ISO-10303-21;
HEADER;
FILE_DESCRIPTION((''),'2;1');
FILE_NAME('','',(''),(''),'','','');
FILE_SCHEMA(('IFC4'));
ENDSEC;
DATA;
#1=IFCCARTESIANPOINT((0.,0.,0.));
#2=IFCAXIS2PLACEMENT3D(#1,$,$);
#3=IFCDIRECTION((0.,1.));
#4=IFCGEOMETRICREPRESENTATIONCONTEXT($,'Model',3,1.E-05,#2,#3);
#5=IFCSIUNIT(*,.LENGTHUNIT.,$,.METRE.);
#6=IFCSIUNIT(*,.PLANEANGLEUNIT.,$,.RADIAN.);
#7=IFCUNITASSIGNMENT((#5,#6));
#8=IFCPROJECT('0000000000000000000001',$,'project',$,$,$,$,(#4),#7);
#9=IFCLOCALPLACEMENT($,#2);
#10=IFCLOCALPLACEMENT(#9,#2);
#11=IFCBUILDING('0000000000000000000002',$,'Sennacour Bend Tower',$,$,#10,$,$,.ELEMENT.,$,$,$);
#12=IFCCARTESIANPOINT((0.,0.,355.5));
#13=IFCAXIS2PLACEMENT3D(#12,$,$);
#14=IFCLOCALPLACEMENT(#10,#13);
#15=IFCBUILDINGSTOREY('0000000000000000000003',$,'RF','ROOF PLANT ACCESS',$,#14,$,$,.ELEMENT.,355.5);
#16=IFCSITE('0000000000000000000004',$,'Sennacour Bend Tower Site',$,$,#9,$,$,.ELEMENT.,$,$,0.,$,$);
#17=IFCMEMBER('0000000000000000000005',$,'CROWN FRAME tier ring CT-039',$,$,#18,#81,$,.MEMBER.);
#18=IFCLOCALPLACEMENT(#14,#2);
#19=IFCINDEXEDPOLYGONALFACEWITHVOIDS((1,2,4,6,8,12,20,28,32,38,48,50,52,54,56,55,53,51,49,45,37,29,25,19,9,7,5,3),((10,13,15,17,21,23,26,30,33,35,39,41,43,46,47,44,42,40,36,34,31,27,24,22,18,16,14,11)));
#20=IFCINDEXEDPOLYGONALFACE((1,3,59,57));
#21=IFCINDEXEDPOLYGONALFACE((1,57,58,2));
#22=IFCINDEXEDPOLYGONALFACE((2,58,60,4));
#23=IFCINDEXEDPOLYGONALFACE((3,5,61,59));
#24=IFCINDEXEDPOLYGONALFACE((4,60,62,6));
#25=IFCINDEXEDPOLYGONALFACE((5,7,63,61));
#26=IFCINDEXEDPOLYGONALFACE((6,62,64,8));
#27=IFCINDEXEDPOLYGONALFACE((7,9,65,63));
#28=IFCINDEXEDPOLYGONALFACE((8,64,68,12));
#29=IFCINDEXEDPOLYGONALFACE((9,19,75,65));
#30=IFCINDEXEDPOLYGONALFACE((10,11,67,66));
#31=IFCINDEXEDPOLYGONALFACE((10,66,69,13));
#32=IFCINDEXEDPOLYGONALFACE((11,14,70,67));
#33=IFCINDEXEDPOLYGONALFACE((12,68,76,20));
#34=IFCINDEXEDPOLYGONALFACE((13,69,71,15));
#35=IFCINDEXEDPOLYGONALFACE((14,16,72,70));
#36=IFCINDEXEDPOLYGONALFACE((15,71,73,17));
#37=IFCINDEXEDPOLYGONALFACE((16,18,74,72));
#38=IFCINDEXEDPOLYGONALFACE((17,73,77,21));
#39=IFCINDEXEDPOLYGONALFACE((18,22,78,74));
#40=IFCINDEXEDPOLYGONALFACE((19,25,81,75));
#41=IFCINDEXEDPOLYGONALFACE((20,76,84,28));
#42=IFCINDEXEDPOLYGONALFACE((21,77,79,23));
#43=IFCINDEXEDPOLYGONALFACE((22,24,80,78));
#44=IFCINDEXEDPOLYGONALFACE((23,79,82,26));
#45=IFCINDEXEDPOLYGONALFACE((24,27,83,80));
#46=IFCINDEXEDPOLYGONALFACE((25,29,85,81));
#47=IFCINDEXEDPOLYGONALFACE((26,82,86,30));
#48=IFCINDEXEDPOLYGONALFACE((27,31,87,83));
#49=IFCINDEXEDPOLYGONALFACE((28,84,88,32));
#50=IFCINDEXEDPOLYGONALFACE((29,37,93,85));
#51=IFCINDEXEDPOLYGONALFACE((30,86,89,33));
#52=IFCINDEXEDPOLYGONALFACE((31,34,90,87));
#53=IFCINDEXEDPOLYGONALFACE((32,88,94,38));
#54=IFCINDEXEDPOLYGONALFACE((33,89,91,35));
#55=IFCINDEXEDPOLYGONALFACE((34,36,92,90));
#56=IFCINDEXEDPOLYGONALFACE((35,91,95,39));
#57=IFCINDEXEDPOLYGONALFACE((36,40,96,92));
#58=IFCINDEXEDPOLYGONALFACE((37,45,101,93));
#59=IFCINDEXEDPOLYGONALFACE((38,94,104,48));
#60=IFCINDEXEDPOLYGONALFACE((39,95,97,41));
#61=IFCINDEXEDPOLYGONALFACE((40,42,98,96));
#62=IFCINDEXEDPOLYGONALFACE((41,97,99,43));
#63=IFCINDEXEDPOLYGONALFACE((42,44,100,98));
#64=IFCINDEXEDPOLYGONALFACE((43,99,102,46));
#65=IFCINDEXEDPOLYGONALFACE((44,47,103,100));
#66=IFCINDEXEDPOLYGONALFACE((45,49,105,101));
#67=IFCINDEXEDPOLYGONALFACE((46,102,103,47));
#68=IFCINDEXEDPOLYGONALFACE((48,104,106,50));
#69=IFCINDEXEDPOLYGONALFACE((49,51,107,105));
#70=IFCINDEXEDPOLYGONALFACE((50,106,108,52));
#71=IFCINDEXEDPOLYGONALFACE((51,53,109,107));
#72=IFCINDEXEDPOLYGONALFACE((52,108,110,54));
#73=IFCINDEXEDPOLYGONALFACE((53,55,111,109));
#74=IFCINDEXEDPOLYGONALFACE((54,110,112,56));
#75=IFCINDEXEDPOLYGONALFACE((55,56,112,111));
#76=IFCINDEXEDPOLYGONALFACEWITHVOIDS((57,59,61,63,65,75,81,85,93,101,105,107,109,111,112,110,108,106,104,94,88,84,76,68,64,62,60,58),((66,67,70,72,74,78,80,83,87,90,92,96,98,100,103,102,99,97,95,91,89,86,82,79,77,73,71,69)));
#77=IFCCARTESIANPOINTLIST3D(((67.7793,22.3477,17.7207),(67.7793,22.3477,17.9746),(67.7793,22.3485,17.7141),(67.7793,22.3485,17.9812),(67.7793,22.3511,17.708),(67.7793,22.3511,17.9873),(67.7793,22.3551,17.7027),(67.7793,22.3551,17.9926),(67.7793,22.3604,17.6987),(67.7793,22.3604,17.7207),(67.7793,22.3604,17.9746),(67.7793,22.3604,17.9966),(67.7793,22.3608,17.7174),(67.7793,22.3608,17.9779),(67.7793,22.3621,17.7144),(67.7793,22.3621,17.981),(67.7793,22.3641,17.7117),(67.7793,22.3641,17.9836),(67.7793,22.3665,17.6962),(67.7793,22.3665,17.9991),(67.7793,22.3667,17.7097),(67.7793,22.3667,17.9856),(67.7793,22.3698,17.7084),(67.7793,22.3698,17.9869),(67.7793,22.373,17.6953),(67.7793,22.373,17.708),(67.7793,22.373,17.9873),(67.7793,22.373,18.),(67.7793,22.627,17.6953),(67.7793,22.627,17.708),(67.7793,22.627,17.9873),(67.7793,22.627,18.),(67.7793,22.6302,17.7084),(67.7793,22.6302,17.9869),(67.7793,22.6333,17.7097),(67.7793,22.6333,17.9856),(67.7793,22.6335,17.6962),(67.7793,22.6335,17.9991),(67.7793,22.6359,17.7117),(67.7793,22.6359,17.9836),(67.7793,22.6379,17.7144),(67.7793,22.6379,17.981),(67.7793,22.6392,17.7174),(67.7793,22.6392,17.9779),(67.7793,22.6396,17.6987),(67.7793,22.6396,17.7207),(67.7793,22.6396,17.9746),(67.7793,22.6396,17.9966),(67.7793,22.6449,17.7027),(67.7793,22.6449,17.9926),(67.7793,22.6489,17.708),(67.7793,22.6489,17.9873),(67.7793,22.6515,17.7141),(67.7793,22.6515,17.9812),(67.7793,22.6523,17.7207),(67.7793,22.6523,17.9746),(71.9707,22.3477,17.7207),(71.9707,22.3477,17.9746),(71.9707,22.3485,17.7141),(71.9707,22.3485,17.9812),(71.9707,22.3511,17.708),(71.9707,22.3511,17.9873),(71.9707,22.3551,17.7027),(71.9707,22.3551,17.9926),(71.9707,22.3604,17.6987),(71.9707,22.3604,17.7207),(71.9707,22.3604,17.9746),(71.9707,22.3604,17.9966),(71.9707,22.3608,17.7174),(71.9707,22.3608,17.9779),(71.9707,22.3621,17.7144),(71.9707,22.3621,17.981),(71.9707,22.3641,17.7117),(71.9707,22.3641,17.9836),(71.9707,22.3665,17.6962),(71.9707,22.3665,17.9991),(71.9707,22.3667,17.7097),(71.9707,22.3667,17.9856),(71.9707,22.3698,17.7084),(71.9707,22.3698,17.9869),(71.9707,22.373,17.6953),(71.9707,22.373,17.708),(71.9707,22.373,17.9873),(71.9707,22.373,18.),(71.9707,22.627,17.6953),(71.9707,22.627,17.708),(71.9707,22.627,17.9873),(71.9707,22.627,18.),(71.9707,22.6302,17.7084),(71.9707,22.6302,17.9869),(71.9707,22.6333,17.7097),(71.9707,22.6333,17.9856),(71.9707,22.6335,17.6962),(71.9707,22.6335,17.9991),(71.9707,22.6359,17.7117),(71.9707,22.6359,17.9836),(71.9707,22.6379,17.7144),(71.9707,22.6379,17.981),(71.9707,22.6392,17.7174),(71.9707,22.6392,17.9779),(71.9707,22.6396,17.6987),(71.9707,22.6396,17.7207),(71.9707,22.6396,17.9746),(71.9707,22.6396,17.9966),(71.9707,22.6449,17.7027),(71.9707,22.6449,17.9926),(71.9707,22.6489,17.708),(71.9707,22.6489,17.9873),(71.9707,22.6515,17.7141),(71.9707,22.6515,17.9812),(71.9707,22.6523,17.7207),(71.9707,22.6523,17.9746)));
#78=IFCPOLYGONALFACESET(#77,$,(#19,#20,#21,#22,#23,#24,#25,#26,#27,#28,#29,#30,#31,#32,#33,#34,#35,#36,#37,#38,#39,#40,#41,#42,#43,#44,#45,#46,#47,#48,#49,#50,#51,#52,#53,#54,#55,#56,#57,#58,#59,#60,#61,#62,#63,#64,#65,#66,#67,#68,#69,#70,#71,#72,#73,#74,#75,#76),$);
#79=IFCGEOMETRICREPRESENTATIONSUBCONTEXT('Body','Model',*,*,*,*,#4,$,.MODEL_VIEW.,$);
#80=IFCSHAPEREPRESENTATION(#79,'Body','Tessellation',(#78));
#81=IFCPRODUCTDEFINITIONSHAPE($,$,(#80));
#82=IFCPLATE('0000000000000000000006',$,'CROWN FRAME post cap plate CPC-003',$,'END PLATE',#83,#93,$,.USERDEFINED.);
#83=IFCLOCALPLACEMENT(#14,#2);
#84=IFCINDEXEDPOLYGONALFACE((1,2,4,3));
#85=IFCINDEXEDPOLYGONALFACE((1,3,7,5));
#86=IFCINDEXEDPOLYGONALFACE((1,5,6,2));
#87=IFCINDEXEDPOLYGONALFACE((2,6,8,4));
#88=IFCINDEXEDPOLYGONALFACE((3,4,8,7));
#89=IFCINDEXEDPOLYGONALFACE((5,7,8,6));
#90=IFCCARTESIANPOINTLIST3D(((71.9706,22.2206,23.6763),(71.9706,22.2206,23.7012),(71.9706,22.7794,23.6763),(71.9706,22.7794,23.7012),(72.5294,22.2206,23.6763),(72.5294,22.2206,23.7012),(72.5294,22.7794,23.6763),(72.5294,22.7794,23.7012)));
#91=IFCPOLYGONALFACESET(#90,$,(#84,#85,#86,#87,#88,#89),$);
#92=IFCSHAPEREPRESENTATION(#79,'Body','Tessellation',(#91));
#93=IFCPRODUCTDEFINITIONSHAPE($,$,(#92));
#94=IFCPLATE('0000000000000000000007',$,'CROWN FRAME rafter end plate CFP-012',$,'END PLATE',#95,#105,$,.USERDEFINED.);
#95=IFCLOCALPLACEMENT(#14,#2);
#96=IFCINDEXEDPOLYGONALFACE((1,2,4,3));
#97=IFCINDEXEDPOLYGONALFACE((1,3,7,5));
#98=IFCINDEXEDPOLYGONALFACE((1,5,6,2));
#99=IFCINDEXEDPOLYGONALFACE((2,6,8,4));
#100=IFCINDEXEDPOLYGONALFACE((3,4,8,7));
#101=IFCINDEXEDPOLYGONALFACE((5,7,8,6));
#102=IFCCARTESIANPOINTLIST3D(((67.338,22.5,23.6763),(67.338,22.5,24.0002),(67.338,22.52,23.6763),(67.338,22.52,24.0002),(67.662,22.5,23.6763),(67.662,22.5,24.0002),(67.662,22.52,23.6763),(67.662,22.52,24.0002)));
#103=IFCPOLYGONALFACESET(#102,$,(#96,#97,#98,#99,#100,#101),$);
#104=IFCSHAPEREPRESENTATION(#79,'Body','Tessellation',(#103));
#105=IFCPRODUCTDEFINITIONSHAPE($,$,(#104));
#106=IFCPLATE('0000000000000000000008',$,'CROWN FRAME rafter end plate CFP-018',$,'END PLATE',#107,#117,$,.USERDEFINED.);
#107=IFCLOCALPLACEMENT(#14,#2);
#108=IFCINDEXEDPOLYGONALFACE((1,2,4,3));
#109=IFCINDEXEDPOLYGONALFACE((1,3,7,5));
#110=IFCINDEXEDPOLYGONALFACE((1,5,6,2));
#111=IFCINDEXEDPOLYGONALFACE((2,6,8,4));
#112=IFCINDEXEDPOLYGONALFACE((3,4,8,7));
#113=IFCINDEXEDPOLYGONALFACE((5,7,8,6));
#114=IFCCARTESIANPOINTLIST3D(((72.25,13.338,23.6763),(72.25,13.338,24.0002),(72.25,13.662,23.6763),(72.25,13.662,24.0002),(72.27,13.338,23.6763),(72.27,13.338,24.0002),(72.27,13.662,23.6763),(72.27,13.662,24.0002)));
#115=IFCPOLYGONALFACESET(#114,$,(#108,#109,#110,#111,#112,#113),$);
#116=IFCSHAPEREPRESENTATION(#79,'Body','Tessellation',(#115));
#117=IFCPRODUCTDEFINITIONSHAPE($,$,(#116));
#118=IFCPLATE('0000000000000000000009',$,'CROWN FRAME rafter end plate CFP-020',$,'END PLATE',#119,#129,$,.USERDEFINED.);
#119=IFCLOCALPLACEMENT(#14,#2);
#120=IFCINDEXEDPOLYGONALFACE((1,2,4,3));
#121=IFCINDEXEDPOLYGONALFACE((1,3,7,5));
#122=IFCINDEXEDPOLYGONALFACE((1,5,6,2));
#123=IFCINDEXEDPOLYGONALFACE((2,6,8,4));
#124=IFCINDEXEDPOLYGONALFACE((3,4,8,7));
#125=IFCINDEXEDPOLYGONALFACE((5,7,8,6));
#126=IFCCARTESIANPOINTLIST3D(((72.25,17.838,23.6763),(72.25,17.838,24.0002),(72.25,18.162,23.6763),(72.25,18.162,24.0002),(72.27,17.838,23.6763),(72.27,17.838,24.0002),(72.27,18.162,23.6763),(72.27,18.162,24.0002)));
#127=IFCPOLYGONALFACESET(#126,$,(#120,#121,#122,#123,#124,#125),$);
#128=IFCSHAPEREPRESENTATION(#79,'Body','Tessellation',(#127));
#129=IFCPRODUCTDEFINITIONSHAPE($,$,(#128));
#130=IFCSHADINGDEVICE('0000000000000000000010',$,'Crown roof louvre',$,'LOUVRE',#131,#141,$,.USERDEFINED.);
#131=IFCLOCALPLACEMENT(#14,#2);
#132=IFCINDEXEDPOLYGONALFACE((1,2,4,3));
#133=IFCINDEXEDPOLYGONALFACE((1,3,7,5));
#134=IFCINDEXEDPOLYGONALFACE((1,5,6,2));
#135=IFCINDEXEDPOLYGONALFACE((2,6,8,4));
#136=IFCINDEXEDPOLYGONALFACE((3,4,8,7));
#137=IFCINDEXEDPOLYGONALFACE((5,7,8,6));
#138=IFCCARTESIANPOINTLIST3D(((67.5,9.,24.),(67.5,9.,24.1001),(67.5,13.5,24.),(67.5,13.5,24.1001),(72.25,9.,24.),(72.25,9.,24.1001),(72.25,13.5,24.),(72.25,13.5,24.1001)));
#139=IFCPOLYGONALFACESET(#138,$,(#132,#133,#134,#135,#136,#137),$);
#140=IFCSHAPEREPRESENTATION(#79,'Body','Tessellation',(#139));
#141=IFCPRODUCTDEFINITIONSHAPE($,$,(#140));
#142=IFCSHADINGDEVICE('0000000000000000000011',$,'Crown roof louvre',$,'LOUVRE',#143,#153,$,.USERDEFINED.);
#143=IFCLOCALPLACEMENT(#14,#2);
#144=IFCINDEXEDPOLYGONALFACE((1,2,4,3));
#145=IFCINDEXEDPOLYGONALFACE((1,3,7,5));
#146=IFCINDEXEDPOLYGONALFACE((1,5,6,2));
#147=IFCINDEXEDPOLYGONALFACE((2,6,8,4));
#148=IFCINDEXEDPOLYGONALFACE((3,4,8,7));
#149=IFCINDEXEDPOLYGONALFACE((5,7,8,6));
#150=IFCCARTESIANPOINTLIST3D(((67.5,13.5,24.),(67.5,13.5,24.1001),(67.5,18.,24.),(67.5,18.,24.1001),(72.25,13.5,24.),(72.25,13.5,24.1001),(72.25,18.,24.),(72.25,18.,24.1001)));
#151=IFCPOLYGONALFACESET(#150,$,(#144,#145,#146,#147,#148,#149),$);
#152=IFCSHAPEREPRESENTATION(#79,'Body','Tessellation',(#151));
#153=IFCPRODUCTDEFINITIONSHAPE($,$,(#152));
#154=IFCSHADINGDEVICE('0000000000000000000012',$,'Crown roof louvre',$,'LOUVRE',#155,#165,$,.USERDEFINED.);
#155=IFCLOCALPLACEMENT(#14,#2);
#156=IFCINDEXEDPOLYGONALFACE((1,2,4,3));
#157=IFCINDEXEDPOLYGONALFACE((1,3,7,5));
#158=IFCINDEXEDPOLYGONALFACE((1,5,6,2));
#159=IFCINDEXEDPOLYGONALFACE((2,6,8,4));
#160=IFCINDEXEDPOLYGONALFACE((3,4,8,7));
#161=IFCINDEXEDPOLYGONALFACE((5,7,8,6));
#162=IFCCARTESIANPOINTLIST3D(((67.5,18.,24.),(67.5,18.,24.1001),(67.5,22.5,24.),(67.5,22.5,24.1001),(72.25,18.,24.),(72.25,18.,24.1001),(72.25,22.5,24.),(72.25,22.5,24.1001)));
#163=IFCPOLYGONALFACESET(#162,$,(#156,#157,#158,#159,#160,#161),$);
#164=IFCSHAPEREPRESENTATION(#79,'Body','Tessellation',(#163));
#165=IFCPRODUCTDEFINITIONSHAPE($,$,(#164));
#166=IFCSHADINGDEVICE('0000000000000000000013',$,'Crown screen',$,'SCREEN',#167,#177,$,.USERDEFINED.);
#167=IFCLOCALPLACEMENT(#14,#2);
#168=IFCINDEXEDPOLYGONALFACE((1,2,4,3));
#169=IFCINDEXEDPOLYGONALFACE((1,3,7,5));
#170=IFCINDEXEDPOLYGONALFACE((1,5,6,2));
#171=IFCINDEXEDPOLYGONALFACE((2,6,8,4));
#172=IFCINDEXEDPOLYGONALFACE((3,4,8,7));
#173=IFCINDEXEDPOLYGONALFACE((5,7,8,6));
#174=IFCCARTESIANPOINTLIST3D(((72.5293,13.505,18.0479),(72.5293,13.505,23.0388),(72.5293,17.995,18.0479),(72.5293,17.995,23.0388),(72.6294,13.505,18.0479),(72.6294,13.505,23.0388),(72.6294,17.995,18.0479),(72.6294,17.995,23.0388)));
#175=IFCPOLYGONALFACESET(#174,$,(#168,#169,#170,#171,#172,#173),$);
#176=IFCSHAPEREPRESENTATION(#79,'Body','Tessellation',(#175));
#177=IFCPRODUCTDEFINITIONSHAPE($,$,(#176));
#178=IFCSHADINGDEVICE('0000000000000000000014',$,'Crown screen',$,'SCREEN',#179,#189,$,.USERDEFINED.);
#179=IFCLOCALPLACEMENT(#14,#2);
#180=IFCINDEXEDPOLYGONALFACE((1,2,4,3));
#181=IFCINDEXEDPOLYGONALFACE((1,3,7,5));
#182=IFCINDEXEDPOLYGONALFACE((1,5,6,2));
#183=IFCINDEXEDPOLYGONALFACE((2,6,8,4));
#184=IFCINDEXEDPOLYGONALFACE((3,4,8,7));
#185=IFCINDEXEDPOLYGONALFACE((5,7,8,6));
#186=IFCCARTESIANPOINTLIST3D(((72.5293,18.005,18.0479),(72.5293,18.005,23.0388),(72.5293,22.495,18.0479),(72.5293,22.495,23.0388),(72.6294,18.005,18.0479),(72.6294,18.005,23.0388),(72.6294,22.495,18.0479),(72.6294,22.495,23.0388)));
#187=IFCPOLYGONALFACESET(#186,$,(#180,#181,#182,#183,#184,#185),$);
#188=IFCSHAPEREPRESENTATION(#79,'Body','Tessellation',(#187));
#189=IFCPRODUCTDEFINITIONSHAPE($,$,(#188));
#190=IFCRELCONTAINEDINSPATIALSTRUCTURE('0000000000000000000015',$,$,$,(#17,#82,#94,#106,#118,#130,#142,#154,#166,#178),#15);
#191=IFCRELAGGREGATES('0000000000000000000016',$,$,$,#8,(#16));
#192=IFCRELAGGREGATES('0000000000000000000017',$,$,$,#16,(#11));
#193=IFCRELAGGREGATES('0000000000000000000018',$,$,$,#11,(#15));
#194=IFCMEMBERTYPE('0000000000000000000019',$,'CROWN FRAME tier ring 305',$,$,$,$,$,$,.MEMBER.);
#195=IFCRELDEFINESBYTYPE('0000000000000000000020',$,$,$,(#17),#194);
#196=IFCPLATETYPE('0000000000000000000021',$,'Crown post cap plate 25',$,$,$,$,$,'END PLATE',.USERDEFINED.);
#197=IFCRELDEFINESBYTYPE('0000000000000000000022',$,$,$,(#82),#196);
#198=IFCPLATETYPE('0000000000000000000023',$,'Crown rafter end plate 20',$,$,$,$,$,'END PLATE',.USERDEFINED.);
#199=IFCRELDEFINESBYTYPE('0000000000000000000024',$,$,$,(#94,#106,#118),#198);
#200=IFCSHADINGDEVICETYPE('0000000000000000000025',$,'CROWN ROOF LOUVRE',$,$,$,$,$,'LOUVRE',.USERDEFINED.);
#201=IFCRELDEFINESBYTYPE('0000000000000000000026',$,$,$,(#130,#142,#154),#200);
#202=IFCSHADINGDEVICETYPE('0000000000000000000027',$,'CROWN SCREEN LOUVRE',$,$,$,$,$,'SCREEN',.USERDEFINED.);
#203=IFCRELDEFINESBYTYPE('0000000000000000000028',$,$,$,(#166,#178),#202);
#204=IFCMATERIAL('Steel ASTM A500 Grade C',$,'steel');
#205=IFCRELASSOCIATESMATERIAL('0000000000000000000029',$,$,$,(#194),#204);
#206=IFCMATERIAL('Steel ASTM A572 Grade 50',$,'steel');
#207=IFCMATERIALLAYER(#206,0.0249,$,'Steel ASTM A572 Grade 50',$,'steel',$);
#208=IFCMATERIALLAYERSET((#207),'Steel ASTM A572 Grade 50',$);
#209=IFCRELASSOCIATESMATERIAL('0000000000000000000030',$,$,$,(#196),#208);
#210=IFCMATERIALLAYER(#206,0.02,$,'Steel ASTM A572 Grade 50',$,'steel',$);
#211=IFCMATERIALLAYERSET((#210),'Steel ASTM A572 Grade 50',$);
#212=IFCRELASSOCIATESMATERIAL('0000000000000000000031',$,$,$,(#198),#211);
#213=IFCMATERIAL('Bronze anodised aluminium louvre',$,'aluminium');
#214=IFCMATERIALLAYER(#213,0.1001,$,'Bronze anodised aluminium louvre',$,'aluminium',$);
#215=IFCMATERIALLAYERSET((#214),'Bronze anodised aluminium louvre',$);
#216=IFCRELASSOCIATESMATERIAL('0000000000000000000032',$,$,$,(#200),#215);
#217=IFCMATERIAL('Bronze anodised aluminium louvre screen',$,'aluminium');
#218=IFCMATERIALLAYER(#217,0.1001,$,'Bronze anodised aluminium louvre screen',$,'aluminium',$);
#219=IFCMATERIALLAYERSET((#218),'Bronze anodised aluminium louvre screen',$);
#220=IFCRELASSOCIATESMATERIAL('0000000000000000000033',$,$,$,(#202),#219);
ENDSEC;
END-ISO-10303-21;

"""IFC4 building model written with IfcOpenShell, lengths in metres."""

from ifc_helpers import new_model, si_unit, direction, frame, origin, origin_2d, place, context, subcontext, project, spatial, rectangle, hollow_rectangle, extrude, material, layer, layer_set, material_profile, profile_set, type_object, element, save


model = new_model("IFC4")

# Units and contexts
model_context = context("Model", 3, precision=1e-05, world=origin(), true_north=direction((0.0, 1.0)))
body_context = subcontext(model_context, "Body", "Model", "MODEL_VIEW")
ifc_project = project(units=[si_unit("LENGTHUNIT", "METRE"), si_unit("PLANEANGLEUNIT", "RADIAN")], contexts=[model_context])

# Site, building, storey
site_placement = place(None, origin())
site = spatial("IfcSite", under=ifc_project, at=site_placement, Name="Sennacour Bend Tower Site", CompositionType="ELEMENT", RefElevation=0.0)
building_placement = place(site_placement, origin())
building = spatial("IfcBuilding", under=site, at=building_placement, Name="Sennacour Bend Tower", CompositionType="ELEMENT")
storey_placement = place(building_placement, frame((0.0, 0.0, 355.5)))
storey = spatial("IfcBuildingStorey", under=building, at=storey_placement, Name="RF", Description="ROOF PLANT ACCESS", CompositionType="ELEMENT", Elevation=355.5)

# Shared definitions
ifc_material_1 = material(Name="Steel ASTM A500 Grade C", Category="steel")

# Member
ifc_material_profile_1 = material_profile(ifc_material_1, hollow_rectangle(XDim=0.3047, YDim=0.3047, WallThickness=0.0127, InnerFilletRadius=0.0127, OuterFilletRadius=0.0254, at=origin_2d()), Name="Steel ASTM A500 Grade C", Category="steel")
ifc_profile_set_1 = profile_set([ifc_material_profile_1], Name="Steel ASTM A500 Grade C")
member_type_1 = type_object("IfcMemberType", Name="CROWN FRAME tier ring 305", PredefinedType="MEMBER", material=ifc_profile_set_1)
for number, where, z_axis, x_axis, name in (
    (1, (71.9707, 22.5, 17.8477), (-1.0, 0.0, 0.0), (0.0, -1.0, 0.0), "CROWN FRAME tier ring CT-039"),
):
    element("IfcMember", number, at=place(storey_placement, frame(where, z_axis=z_axis, x_axis=x_axis)), inside=storey, type_object=member_type_1, Name=name, PredefinedType="MEMBER", context=body_context, shape_type="SweptSolid", body=[
        extrude(hollow_rectangle(XDim=0.3047, YDim=0.3047, WallThickness=0.0127, InnerFilletRadius=0.0127, OuterFilletRadius=0.0254, at=origin_2d()), origin(), (0.0, 0.0, 1.0), 4.1914),
    ])

# Plates
ifc_material_2 = material(Name="Steel ASTM A572 Grade 50", Category="steel")
ifc_layer_1 = layer(ifc_material_2, 0.0249, Name="Steel ASTM A572 Grade 50", Category="steel")
ifc_layer_set_1 = layer_set([ifc_layer_1], Name="Steel ASTM A572 Grade 50")
plate_type_1 = type_object("IfcPlateType", Name="Crown post cap plate 25", ElementType="END PLATE", PredefinedType="USERDEFINED", material=ifc_layer_set_1)
plate_1_placement = place(storey_placement, frame((72.25, 22.5, 23.6763), z_axis=(0.0, 0.0, 1.0), x_axis=(1.0, 0.0, 0.0)))
element("IfcPlate", 2, at=plate_1_placement, inside=storey, type_object=plate_type_1, Name="CROWN FRAME post cap plate CPC-003", ObjectType="END PLATE", PredefinedType="USERDEFINED", context=body_context, shape_type="SweptSolid", body=[
    extrude(rectangle(XDim=0.5588, YDim=0.5588, at=origin_2d()), origin(), (0.0, 0.0, 1.0), 0.0249),
])
ifc_layer_2 = layer(ifc_material_2, 0.02, Name="Steel ASTM A572 Grade 50", Category="steel")
ifc_layer_set_2 = layer_set([ifc_layer_2], Name="Steel ASTM A572 Grade 50")
plate_type_2 = type_object("IfcPlateType", Name="Crown rafter end plate 20", ElementType="END PLATE", PredefinedType="USERDEFINED", material=ifc_layer_set_2)
plate_2_placement = place(storey_placement, frame((67.5, 22.51, 23.6763), z_axis=(0.0, 0.0, 1.0), x_axis=(1.0, 0.0, 0.0)))
element("IfcPlate", 3, at=plate_2_placement, inside=storey, type_object=plate_type_2, Name="CROWN FRAME rafter end plate CFP-012", ObjectType="END PLATE", PredefinedType="USERDEFINED", context=body_context, shape_type="SweptSolid", body=[
    extrude(rectangle(XDim=0.324, YDim=0.02, at=origin_2d()), origin(), (0.0, 0.0, 1.0), 0.324),
])
for number, where, z_axis, x_axis, name in (
    (4, (72.26, 13.5, 23.6763), (0.0, 0.0, 1.0), (1.0, 0.0, 0.0), "CROWN FRAME rafter end plate CFP-018"),
    (5, (72.26, 18.0, 23.6763), (0.0, 0.0, 1.0), (1.0, 0.0, 0.0), "CROWN FRAME rafter end plate CFP-020"),
):
    element("IfcPlate", number, at=place(storey_placement, frame(where, z_axis=z_axis, x_axis=x_axis)), inside=storey, type_object=plate_type_2, Name=name, ObjectType="END PLATE", PredefinedType="USERDEFINED", context=body_context, shape_type="SweptSolid", body=[
        extrude(rectangle(XDim=0.02, YDim=0.324, at=origin_2d()), origin(), (0.0, 0.0, 1.0), 0.324),
    ])

# Shading devices
ifc_material_3 = material(Name="Bronze anodised aluminium louvre", Category="aluminium")
ifc_layer_3 = layer(ifc_material_3, 0.1001, Name="Bronze anodised aluminium louvre", Category="aluminium")
ifc_layer_set_3 = layer_set([ifc_layer_3], Name="Bronze anodised aluminium louvre")
shading_device_type_1 = type_object("IfcShadingDeviceType", Name="CROWN ROOF LOUVRE", ElementType="LOUVRE", PredefinedType="USERDEFINED", material=ifc_layer_set_3)
for number, where, z_axis, x_axis, name in (
    (6, (69.875, 11.25, 24.0), (0.0, 0.0, 1.0), (1.0, 0.0, 0.0), "Crown roof louvre"),
    (7, (69.875, 15.75, 24.0), (0.0, 0.0, 1.0), (1.0, 0.0, 0.0), "Crown roof louvre"),
    (8, (69.875, 20.25, 24.0), (0.0, 0.0, 1.0), (1.0, 0.0, 0.0), "Crown roof louvre"),
):
    element("IfcShadingDevice", number, at=place(storey_placement, frame(where, z_axis=z_axis, x_axis=x_axis)), inside=storey, type_object=shading_device_type_1, Name=name, ObjectType="LOUVRE", PredefinedType="USERDEFINED", context=body_context, shape_type="SweptSolid", body=[
        extrude(rectangle(XDim=4.75, YDim=4.5, at=origin_2d()), origin(), (0.0, 0.0, 1.0), 0.1001),
    ])
ifc_material_4 = material(Name="Bronze anodised aluminium louvre screen", Category="aluminium")
ifc_layer_4 = layer(ifc_material_4, 0.1001, Name="Bronze anodised aluminium louvre screen", Category="aluminium")
ifc_layer_set_4 = layer_set([ifc_layer_4], Name="Bronze anodised aluminium louvre screen")
shading_device_type_2 = type_object("IfcShadingDeviceType", Name="CROWN SCREEN LOUVRE", ElementType="SCREEN", PredefinedType="USERDEFINED", material=ifc_layer_set_4)
for number, where, z_axis, x_axis, name in (
    (9, (72.5793, 15.75, 18.0479), (0.0, 0.0, 1.0), (0.0, 1.0, 0.0), "Crown screen"),
    (10, (72.5793, 20.25, 18.0479), (0.0, 0.0, 1.0), (0.0, 1.0, 0.0), "Crown screen"),
):
    element("IfcShadingDevice", number, at=place(storey_placement, frame(where, z_axis=z_axis, x_axis=x_axis)), inside=storey, type_object=shading_device_type_2, Name=name, ObjectType="SCREEN", PredefinedType="USERDEFINED", context=body_context, shape_type="SweptSolid", body=[
        extrude(rectangle(XDim=4.49, YDim=0.1001, at=origin_2d()), origin(), (0.0, 0.0, 1.0), 4.991),
    ])

save(model, "model.ifc")
